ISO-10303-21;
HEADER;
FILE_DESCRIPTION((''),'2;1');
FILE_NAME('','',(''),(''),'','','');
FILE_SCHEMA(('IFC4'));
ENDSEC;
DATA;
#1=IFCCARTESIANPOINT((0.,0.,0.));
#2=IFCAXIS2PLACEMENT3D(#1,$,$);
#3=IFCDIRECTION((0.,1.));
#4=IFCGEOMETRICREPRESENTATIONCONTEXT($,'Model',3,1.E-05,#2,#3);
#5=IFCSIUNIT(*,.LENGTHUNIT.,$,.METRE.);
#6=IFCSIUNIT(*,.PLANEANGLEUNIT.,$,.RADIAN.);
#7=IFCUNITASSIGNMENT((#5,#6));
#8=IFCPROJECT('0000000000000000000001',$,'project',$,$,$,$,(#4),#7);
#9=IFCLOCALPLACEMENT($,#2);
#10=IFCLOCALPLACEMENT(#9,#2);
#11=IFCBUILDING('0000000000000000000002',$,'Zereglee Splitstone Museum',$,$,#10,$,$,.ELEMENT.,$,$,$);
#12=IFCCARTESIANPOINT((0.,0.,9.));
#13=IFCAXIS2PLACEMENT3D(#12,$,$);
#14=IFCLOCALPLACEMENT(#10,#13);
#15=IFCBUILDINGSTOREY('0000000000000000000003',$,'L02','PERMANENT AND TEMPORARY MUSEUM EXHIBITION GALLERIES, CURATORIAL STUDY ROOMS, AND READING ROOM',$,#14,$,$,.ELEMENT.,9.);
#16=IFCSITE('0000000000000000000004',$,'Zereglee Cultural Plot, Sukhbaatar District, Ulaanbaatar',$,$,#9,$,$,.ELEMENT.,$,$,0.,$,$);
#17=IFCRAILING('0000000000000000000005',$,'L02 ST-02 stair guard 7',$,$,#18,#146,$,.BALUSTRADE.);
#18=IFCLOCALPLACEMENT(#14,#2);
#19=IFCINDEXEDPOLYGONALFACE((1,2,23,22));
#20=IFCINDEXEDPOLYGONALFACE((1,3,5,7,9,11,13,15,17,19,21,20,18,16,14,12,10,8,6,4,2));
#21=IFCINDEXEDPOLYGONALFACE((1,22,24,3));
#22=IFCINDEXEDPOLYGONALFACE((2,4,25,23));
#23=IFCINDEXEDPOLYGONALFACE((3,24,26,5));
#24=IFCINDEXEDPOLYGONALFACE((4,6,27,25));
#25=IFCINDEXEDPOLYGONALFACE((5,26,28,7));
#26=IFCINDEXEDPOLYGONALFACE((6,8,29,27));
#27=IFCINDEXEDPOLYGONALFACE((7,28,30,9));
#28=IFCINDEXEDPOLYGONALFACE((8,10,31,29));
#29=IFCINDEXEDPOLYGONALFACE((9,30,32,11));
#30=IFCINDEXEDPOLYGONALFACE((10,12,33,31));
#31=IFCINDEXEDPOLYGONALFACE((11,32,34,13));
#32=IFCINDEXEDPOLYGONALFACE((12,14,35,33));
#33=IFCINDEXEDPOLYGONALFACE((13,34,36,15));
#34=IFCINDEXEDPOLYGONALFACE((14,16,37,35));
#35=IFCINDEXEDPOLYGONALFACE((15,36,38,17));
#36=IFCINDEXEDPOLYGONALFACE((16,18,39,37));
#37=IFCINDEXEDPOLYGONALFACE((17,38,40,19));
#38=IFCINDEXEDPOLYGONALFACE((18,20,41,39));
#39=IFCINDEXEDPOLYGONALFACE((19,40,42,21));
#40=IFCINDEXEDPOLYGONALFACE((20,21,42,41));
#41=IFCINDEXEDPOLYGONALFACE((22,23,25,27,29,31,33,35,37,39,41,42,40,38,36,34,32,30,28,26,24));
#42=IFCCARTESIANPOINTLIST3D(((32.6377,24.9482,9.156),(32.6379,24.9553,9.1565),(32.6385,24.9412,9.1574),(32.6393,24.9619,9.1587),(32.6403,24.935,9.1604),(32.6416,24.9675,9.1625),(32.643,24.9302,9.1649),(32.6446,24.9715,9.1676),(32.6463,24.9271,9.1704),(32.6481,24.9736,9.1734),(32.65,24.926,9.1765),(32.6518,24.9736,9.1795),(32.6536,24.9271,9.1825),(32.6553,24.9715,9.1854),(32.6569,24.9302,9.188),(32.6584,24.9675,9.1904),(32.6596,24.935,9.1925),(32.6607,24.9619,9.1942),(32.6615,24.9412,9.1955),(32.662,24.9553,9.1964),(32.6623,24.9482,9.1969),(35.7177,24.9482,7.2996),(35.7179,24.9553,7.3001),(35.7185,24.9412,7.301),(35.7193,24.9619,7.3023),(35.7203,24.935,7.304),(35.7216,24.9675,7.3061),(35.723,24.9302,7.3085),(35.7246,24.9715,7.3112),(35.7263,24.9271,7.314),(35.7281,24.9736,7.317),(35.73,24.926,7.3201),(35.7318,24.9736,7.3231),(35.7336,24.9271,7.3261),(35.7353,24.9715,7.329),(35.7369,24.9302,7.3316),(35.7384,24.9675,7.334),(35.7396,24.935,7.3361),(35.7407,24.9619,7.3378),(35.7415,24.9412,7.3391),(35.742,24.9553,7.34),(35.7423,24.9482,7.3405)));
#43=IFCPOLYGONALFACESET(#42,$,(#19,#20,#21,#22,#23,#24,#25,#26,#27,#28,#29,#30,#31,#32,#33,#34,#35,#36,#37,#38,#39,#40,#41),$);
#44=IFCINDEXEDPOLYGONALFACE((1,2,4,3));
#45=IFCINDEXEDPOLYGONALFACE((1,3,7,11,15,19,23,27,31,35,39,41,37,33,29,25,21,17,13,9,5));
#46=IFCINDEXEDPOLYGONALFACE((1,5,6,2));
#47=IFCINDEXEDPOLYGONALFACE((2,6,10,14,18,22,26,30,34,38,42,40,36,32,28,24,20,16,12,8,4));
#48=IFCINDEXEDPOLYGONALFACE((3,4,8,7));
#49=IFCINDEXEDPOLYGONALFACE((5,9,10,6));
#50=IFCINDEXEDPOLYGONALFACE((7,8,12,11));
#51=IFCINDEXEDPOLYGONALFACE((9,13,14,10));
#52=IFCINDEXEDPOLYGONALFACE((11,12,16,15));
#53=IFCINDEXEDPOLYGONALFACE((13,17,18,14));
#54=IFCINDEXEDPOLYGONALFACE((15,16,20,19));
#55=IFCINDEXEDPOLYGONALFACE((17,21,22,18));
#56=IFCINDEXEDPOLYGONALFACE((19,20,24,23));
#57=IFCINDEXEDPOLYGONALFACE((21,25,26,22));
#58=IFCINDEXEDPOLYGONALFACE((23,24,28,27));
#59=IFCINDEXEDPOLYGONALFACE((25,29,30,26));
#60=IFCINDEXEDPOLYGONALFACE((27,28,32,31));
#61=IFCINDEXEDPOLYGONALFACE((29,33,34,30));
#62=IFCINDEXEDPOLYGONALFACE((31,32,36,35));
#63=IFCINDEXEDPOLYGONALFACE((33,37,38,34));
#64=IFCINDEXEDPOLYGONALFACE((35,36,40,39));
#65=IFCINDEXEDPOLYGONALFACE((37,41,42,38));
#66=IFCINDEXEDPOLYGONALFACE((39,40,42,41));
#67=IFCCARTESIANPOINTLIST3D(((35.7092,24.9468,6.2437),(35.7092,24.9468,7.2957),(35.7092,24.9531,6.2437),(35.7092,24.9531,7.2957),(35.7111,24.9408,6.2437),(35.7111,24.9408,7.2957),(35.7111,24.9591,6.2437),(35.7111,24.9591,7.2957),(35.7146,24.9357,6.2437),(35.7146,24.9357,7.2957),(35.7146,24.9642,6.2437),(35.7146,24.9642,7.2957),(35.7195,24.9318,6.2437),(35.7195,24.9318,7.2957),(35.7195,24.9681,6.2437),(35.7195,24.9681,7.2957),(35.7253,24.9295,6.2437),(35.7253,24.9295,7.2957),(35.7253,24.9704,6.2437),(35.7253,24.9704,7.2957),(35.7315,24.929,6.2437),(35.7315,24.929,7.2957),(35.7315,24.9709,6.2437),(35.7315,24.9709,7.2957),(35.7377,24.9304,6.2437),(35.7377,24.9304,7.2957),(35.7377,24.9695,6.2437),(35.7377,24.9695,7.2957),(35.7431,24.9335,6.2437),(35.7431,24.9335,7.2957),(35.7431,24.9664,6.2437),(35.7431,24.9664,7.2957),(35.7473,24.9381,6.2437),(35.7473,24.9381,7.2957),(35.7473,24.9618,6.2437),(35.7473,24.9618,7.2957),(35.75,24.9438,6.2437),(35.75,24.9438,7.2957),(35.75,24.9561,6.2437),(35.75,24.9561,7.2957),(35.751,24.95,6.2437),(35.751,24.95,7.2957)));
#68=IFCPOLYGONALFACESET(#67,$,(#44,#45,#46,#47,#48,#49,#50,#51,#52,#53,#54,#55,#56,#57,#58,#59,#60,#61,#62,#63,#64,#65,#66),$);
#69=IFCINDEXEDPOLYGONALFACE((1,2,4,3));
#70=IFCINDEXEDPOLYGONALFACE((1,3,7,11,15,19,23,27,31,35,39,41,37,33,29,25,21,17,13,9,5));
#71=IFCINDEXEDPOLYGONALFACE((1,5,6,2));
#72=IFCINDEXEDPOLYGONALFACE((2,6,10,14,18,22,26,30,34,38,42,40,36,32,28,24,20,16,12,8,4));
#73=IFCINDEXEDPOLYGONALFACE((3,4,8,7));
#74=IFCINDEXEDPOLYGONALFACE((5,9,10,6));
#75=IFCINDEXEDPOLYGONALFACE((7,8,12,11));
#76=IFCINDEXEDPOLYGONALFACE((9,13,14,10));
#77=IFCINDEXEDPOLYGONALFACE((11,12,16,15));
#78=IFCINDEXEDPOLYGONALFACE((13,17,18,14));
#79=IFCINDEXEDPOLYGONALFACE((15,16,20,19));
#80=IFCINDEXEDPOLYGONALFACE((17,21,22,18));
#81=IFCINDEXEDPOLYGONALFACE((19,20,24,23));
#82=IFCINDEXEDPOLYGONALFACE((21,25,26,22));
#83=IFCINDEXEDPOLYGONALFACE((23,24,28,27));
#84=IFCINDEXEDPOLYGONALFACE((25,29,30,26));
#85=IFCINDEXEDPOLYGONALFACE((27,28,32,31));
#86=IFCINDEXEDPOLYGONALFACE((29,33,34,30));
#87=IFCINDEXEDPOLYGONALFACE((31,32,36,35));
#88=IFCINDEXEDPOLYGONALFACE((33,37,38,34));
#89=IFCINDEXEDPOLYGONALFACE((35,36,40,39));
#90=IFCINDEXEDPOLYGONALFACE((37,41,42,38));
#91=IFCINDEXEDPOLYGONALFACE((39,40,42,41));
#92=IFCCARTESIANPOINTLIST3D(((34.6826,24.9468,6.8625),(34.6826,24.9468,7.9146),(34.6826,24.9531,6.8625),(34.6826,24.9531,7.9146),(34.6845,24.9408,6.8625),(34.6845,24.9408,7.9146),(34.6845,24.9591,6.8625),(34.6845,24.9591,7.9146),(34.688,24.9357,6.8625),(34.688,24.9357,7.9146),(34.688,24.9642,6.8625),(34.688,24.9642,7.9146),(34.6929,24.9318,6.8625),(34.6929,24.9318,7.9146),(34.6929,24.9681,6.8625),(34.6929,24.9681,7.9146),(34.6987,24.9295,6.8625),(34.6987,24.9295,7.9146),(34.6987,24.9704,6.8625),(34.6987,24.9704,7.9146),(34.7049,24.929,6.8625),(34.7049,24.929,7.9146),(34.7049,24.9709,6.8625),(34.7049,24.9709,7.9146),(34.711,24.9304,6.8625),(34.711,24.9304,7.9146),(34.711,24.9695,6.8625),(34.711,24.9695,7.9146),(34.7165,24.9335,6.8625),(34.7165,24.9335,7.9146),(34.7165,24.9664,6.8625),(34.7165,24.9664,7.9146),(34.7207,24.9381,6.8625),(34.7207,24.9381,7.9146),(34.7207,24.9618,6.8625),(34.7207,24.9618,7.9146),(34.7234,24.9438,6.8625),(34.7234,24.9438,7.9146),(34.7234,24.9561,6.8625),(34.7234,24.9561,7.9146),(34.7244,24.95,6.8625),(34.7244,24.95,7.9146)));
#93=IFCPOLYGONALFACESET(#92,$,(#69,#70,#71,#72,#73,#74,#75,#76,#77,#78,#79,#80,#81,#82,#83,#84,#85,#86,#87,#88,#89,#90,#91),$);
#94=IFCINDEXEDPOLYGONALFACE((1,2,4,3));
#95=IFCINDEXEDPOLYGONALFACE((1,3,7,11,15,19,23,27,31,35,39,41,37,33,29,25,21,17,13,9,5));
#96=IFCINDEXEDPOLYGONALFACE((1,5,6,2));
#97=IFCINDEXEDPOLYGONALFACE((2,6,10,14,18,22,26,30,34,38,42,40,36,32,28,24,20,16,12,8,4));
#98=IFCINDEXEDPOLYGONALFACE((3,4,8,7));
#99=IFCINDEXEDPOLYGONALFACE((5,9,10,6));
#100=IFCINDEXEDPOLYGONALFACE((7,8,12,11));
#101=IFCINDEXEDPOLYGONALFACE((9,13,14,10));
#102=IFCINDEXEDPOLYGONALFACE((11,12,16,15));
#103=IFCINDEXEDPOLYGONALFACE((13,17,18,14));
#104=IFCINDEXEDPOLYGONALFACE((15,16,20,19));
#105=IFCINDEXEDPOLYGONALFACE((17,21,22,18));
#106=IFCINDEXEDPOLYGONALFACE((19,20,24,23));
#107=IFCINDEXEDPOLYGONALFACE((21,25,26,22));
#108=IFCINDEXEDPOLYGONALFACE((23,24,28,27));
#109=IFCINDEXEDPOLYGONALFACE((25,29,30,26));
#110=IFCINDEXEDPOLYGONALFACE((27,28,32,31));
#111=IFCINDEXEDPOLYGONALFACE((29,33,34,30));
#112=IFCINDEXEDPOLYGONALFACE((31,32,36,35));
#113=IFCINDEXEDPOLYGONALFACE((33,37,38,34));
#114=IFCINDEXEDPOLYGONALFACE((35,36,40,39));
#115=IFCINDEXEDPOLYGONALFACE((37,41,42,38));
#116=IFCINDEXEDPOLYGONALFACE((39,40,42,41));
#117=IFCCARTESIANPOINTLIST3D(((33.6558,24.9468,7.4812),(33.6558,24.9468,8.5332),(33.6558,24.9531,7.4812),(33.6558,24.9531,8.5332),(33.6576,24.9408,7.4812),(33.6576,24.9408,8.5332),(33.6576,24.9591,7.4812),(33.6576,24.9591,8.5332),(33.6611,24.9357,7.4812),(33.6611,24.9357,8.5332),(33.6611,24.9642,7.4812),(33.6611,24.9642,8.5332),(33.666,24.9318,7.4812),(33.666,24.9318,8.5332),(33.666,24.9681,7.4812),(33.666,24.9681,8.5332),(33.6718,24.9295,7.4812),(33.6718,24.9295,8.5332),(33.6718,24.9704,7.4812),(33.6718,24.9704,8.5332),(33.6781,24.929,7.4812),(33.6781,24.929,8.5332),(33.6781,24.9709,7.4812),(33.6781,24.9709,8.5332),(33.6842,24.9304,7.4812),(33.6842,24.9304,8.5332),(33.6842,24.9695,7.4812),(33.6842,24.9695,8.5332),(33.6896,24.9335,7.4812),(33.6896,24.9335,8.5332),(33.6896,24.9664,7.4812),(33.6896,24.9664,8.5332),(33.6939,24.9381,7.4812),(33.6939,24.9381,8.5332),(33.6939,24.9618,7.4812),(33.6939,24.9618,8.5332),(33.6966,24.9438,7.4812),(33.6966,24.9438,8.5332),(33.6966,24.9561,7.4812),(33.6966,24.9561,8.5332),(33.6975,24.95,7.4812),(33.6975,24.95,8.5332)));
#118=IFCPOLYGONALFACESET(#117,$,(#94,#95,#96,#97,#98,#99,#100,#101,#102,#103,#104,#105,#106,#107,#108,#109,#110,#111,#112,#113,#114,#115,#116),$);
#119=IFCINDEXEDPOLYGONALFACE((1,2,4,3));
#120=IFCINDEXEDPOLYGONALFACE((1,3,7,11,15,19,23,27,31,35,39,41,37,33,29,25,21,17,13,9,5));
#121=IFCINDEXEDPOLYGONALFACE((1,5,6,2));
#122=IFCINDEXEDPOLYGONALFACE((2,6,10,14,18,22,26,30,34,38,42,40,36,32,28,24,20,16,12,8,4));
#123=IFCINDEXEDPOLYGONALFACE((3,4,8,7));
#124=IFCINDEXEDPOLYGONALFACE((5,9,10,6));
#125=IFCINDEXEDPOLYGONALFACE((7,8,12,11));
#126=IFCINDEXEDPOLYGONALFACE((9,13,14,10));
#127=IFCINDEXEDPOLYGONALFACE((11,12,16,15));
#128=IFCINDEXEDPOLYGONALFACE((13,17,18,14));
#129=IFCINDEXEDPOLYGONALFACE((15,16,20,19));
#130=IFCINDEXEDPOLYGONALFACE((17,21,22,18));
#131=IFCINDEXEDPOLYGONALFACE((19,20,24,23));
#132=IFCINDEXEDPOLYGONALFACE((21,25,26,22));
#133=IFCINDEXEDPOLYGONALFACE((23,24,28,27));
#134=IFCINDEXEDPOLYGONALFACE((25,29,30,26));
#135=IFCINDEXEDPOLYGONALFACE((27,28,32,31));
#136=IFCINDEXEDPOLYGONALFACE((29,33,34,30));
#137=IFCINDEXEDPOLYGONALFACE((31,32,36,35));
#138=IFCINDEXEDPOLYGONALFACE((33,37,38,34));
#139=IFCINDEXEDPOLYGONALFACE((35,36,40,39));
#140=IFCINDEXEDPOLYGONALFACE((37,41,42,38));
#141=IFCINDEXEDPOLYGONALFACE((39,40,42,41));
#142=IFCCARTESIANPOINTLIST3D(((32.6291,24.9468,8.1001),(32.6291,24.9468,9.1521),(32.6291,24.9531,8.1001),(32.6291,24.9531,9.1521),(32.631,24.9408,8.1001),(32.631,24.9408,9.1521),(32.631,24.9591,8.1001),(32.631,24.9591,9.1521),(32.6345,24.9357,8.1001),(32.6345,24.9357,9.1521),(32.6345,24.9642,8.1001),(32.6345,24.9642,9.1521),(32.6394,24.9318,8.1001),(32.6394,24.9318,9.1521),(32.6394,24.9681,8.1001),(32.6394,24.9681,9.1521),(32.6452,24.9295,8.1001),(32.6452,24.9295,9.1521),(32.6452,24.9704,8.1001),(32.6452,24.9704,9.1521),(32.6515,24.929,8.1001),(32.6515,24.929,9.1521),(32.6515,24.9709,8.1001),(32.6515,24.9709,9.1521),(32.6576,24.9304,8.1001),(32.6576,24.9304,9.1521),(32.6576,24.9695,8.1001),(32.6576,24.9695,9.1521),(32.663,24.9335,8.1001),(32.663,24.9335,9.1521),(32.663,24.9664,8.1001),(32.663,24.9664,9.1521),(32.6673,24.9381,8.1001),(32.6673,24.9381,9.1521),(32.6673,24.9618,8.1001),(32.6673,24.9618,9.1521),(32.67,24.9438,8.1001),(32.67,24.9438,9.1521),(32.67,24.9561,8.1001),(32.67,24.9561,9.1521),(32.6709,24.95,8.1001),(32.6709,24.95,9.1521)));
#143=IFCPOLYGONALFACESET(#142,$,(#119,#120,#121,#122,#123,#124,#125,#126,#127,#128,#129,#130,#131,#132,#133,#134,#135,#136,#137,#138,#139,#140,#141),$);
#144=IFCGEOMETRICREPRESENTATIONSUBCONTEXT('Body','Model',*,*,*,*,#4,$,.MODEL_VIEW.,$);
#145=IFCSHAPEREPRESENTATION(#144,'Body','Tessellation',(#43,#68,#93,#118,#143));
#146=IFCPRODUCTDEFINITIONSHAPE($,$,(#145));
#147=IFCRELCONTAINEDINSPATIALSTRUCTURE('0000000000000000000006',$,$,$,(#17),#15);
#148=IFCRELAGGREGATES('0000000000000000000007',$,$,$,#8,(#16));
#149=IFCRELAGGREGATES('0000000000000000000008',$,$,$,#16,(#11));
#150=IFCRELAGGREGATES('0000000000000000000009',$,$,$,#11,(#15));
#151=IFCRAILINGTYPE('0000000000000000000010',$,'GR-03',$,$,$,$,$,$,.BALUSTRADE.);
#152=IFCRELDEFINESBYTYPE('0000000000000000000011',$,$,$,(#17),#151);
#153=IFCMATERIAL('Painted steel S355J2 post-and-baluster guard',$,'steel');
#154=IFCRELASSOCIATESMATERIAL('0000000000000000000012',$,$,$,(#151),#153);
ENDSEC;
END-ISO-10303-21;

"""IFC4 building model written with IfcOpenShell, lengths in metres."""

from ifc_helpers import new_model, si_unit, direction, frame, origin, origin_2d, place, context, subcontext, project, spatial, circle, extrude, material, type_object, element, save


model = new_model("IFC4")

# Units and contexts
model_context = context("Model", 3, precision=1e-05, world=origin(), true_north=direction((0.0, 1.0)))
body_context = subcontext(model_context, "Body", "Model", "MODEL_VIEW")
ifc_project = project(units=[si_unit("LENGTHUNIT", "METRE"), si_unit("PLANEANGLEUNIT", "RADIAN")], contexts=[model_context])

# Site, building, storey
site_placement = place(None, origin())
site = spatial("IfcSite", under=ifc_project, at=site_placement, Name="Zereglee Cultural Plot, Sukhbaatar District, Ulaanbaatar", CompositionType="ELEMENT", RefElevation=0.0)
building_placement = place(site_placement, origin())
building = spatial("IfcBuilding", under=site, at=building_placement, Name="Zereglee Splitstone Museum", CompositionType="ELEMENT")
storey_placement = place(building_placement, frame((0.0, 0.0, 9.0)))
storey = spatial("IfcBuildingStorey", under=building, at=storey_placement, Name="L02", Description="PERMANENT AND TEMPORARY MUSEUM EXHIBITION GALLERIES, CURATORIAL STUDY ROOMS, AND READING ROOM", CompositionType="ELEMENT", Elevation=9.0)

# Railing
ifc_material_1 = material(Name="Painted steel S355J2 post-and-baluster guard", Category="steel")
railing_type_1 = type_object("IfcRailingType", Name="GR-03", PredefinedType="BALUSTRADE", material=ifc_material_1)
railing_1_placement = place(storey_placement, frame((35.73, 24.95, 6.2437)))
element("IfcRailing", 1, at=railing_1_placement, inside=storey, type_object=railing_type_1, Name="L02 ST-02 stair guard 7", PredefinedType="BALUSTRADE", context=body_context, shape_type="SweptSolid", body=[
    extrude(circle(Radius=0.0239, at=origin_2d()), frame((0.0, 0.0, 1.0764), z_axis=(-0.856461, 0.0, 0.516212), x_axis=(0.0, -1.0, 0.0)), (0.0, 0.0, 1.0), 3.5962),
    extrude(circle(Radius=0.021, at=origin_2d()), origin(), (0.0, 0.0, 1.0), 1.052),
    extrude(circle(Radius=0.021, at=origin_2d()), frame((-1.0266, 0.0, 0.6189)), (0.0, 0.0, 1.0), 1.052),
    extrude(circle(Radius=0.021, at=origin_2d()), frame((-2.0535, 0.0, 1.2375)), (0.0, 0.0, 1.0), 1.052),
    extrude(circle(Radius=0.021, at=origin_2d()), frame((-3.0801, 0.0, 1.8564)), (0.0, 0.0, 1.0), 1.052),
])

save(model, "model.ifc")
